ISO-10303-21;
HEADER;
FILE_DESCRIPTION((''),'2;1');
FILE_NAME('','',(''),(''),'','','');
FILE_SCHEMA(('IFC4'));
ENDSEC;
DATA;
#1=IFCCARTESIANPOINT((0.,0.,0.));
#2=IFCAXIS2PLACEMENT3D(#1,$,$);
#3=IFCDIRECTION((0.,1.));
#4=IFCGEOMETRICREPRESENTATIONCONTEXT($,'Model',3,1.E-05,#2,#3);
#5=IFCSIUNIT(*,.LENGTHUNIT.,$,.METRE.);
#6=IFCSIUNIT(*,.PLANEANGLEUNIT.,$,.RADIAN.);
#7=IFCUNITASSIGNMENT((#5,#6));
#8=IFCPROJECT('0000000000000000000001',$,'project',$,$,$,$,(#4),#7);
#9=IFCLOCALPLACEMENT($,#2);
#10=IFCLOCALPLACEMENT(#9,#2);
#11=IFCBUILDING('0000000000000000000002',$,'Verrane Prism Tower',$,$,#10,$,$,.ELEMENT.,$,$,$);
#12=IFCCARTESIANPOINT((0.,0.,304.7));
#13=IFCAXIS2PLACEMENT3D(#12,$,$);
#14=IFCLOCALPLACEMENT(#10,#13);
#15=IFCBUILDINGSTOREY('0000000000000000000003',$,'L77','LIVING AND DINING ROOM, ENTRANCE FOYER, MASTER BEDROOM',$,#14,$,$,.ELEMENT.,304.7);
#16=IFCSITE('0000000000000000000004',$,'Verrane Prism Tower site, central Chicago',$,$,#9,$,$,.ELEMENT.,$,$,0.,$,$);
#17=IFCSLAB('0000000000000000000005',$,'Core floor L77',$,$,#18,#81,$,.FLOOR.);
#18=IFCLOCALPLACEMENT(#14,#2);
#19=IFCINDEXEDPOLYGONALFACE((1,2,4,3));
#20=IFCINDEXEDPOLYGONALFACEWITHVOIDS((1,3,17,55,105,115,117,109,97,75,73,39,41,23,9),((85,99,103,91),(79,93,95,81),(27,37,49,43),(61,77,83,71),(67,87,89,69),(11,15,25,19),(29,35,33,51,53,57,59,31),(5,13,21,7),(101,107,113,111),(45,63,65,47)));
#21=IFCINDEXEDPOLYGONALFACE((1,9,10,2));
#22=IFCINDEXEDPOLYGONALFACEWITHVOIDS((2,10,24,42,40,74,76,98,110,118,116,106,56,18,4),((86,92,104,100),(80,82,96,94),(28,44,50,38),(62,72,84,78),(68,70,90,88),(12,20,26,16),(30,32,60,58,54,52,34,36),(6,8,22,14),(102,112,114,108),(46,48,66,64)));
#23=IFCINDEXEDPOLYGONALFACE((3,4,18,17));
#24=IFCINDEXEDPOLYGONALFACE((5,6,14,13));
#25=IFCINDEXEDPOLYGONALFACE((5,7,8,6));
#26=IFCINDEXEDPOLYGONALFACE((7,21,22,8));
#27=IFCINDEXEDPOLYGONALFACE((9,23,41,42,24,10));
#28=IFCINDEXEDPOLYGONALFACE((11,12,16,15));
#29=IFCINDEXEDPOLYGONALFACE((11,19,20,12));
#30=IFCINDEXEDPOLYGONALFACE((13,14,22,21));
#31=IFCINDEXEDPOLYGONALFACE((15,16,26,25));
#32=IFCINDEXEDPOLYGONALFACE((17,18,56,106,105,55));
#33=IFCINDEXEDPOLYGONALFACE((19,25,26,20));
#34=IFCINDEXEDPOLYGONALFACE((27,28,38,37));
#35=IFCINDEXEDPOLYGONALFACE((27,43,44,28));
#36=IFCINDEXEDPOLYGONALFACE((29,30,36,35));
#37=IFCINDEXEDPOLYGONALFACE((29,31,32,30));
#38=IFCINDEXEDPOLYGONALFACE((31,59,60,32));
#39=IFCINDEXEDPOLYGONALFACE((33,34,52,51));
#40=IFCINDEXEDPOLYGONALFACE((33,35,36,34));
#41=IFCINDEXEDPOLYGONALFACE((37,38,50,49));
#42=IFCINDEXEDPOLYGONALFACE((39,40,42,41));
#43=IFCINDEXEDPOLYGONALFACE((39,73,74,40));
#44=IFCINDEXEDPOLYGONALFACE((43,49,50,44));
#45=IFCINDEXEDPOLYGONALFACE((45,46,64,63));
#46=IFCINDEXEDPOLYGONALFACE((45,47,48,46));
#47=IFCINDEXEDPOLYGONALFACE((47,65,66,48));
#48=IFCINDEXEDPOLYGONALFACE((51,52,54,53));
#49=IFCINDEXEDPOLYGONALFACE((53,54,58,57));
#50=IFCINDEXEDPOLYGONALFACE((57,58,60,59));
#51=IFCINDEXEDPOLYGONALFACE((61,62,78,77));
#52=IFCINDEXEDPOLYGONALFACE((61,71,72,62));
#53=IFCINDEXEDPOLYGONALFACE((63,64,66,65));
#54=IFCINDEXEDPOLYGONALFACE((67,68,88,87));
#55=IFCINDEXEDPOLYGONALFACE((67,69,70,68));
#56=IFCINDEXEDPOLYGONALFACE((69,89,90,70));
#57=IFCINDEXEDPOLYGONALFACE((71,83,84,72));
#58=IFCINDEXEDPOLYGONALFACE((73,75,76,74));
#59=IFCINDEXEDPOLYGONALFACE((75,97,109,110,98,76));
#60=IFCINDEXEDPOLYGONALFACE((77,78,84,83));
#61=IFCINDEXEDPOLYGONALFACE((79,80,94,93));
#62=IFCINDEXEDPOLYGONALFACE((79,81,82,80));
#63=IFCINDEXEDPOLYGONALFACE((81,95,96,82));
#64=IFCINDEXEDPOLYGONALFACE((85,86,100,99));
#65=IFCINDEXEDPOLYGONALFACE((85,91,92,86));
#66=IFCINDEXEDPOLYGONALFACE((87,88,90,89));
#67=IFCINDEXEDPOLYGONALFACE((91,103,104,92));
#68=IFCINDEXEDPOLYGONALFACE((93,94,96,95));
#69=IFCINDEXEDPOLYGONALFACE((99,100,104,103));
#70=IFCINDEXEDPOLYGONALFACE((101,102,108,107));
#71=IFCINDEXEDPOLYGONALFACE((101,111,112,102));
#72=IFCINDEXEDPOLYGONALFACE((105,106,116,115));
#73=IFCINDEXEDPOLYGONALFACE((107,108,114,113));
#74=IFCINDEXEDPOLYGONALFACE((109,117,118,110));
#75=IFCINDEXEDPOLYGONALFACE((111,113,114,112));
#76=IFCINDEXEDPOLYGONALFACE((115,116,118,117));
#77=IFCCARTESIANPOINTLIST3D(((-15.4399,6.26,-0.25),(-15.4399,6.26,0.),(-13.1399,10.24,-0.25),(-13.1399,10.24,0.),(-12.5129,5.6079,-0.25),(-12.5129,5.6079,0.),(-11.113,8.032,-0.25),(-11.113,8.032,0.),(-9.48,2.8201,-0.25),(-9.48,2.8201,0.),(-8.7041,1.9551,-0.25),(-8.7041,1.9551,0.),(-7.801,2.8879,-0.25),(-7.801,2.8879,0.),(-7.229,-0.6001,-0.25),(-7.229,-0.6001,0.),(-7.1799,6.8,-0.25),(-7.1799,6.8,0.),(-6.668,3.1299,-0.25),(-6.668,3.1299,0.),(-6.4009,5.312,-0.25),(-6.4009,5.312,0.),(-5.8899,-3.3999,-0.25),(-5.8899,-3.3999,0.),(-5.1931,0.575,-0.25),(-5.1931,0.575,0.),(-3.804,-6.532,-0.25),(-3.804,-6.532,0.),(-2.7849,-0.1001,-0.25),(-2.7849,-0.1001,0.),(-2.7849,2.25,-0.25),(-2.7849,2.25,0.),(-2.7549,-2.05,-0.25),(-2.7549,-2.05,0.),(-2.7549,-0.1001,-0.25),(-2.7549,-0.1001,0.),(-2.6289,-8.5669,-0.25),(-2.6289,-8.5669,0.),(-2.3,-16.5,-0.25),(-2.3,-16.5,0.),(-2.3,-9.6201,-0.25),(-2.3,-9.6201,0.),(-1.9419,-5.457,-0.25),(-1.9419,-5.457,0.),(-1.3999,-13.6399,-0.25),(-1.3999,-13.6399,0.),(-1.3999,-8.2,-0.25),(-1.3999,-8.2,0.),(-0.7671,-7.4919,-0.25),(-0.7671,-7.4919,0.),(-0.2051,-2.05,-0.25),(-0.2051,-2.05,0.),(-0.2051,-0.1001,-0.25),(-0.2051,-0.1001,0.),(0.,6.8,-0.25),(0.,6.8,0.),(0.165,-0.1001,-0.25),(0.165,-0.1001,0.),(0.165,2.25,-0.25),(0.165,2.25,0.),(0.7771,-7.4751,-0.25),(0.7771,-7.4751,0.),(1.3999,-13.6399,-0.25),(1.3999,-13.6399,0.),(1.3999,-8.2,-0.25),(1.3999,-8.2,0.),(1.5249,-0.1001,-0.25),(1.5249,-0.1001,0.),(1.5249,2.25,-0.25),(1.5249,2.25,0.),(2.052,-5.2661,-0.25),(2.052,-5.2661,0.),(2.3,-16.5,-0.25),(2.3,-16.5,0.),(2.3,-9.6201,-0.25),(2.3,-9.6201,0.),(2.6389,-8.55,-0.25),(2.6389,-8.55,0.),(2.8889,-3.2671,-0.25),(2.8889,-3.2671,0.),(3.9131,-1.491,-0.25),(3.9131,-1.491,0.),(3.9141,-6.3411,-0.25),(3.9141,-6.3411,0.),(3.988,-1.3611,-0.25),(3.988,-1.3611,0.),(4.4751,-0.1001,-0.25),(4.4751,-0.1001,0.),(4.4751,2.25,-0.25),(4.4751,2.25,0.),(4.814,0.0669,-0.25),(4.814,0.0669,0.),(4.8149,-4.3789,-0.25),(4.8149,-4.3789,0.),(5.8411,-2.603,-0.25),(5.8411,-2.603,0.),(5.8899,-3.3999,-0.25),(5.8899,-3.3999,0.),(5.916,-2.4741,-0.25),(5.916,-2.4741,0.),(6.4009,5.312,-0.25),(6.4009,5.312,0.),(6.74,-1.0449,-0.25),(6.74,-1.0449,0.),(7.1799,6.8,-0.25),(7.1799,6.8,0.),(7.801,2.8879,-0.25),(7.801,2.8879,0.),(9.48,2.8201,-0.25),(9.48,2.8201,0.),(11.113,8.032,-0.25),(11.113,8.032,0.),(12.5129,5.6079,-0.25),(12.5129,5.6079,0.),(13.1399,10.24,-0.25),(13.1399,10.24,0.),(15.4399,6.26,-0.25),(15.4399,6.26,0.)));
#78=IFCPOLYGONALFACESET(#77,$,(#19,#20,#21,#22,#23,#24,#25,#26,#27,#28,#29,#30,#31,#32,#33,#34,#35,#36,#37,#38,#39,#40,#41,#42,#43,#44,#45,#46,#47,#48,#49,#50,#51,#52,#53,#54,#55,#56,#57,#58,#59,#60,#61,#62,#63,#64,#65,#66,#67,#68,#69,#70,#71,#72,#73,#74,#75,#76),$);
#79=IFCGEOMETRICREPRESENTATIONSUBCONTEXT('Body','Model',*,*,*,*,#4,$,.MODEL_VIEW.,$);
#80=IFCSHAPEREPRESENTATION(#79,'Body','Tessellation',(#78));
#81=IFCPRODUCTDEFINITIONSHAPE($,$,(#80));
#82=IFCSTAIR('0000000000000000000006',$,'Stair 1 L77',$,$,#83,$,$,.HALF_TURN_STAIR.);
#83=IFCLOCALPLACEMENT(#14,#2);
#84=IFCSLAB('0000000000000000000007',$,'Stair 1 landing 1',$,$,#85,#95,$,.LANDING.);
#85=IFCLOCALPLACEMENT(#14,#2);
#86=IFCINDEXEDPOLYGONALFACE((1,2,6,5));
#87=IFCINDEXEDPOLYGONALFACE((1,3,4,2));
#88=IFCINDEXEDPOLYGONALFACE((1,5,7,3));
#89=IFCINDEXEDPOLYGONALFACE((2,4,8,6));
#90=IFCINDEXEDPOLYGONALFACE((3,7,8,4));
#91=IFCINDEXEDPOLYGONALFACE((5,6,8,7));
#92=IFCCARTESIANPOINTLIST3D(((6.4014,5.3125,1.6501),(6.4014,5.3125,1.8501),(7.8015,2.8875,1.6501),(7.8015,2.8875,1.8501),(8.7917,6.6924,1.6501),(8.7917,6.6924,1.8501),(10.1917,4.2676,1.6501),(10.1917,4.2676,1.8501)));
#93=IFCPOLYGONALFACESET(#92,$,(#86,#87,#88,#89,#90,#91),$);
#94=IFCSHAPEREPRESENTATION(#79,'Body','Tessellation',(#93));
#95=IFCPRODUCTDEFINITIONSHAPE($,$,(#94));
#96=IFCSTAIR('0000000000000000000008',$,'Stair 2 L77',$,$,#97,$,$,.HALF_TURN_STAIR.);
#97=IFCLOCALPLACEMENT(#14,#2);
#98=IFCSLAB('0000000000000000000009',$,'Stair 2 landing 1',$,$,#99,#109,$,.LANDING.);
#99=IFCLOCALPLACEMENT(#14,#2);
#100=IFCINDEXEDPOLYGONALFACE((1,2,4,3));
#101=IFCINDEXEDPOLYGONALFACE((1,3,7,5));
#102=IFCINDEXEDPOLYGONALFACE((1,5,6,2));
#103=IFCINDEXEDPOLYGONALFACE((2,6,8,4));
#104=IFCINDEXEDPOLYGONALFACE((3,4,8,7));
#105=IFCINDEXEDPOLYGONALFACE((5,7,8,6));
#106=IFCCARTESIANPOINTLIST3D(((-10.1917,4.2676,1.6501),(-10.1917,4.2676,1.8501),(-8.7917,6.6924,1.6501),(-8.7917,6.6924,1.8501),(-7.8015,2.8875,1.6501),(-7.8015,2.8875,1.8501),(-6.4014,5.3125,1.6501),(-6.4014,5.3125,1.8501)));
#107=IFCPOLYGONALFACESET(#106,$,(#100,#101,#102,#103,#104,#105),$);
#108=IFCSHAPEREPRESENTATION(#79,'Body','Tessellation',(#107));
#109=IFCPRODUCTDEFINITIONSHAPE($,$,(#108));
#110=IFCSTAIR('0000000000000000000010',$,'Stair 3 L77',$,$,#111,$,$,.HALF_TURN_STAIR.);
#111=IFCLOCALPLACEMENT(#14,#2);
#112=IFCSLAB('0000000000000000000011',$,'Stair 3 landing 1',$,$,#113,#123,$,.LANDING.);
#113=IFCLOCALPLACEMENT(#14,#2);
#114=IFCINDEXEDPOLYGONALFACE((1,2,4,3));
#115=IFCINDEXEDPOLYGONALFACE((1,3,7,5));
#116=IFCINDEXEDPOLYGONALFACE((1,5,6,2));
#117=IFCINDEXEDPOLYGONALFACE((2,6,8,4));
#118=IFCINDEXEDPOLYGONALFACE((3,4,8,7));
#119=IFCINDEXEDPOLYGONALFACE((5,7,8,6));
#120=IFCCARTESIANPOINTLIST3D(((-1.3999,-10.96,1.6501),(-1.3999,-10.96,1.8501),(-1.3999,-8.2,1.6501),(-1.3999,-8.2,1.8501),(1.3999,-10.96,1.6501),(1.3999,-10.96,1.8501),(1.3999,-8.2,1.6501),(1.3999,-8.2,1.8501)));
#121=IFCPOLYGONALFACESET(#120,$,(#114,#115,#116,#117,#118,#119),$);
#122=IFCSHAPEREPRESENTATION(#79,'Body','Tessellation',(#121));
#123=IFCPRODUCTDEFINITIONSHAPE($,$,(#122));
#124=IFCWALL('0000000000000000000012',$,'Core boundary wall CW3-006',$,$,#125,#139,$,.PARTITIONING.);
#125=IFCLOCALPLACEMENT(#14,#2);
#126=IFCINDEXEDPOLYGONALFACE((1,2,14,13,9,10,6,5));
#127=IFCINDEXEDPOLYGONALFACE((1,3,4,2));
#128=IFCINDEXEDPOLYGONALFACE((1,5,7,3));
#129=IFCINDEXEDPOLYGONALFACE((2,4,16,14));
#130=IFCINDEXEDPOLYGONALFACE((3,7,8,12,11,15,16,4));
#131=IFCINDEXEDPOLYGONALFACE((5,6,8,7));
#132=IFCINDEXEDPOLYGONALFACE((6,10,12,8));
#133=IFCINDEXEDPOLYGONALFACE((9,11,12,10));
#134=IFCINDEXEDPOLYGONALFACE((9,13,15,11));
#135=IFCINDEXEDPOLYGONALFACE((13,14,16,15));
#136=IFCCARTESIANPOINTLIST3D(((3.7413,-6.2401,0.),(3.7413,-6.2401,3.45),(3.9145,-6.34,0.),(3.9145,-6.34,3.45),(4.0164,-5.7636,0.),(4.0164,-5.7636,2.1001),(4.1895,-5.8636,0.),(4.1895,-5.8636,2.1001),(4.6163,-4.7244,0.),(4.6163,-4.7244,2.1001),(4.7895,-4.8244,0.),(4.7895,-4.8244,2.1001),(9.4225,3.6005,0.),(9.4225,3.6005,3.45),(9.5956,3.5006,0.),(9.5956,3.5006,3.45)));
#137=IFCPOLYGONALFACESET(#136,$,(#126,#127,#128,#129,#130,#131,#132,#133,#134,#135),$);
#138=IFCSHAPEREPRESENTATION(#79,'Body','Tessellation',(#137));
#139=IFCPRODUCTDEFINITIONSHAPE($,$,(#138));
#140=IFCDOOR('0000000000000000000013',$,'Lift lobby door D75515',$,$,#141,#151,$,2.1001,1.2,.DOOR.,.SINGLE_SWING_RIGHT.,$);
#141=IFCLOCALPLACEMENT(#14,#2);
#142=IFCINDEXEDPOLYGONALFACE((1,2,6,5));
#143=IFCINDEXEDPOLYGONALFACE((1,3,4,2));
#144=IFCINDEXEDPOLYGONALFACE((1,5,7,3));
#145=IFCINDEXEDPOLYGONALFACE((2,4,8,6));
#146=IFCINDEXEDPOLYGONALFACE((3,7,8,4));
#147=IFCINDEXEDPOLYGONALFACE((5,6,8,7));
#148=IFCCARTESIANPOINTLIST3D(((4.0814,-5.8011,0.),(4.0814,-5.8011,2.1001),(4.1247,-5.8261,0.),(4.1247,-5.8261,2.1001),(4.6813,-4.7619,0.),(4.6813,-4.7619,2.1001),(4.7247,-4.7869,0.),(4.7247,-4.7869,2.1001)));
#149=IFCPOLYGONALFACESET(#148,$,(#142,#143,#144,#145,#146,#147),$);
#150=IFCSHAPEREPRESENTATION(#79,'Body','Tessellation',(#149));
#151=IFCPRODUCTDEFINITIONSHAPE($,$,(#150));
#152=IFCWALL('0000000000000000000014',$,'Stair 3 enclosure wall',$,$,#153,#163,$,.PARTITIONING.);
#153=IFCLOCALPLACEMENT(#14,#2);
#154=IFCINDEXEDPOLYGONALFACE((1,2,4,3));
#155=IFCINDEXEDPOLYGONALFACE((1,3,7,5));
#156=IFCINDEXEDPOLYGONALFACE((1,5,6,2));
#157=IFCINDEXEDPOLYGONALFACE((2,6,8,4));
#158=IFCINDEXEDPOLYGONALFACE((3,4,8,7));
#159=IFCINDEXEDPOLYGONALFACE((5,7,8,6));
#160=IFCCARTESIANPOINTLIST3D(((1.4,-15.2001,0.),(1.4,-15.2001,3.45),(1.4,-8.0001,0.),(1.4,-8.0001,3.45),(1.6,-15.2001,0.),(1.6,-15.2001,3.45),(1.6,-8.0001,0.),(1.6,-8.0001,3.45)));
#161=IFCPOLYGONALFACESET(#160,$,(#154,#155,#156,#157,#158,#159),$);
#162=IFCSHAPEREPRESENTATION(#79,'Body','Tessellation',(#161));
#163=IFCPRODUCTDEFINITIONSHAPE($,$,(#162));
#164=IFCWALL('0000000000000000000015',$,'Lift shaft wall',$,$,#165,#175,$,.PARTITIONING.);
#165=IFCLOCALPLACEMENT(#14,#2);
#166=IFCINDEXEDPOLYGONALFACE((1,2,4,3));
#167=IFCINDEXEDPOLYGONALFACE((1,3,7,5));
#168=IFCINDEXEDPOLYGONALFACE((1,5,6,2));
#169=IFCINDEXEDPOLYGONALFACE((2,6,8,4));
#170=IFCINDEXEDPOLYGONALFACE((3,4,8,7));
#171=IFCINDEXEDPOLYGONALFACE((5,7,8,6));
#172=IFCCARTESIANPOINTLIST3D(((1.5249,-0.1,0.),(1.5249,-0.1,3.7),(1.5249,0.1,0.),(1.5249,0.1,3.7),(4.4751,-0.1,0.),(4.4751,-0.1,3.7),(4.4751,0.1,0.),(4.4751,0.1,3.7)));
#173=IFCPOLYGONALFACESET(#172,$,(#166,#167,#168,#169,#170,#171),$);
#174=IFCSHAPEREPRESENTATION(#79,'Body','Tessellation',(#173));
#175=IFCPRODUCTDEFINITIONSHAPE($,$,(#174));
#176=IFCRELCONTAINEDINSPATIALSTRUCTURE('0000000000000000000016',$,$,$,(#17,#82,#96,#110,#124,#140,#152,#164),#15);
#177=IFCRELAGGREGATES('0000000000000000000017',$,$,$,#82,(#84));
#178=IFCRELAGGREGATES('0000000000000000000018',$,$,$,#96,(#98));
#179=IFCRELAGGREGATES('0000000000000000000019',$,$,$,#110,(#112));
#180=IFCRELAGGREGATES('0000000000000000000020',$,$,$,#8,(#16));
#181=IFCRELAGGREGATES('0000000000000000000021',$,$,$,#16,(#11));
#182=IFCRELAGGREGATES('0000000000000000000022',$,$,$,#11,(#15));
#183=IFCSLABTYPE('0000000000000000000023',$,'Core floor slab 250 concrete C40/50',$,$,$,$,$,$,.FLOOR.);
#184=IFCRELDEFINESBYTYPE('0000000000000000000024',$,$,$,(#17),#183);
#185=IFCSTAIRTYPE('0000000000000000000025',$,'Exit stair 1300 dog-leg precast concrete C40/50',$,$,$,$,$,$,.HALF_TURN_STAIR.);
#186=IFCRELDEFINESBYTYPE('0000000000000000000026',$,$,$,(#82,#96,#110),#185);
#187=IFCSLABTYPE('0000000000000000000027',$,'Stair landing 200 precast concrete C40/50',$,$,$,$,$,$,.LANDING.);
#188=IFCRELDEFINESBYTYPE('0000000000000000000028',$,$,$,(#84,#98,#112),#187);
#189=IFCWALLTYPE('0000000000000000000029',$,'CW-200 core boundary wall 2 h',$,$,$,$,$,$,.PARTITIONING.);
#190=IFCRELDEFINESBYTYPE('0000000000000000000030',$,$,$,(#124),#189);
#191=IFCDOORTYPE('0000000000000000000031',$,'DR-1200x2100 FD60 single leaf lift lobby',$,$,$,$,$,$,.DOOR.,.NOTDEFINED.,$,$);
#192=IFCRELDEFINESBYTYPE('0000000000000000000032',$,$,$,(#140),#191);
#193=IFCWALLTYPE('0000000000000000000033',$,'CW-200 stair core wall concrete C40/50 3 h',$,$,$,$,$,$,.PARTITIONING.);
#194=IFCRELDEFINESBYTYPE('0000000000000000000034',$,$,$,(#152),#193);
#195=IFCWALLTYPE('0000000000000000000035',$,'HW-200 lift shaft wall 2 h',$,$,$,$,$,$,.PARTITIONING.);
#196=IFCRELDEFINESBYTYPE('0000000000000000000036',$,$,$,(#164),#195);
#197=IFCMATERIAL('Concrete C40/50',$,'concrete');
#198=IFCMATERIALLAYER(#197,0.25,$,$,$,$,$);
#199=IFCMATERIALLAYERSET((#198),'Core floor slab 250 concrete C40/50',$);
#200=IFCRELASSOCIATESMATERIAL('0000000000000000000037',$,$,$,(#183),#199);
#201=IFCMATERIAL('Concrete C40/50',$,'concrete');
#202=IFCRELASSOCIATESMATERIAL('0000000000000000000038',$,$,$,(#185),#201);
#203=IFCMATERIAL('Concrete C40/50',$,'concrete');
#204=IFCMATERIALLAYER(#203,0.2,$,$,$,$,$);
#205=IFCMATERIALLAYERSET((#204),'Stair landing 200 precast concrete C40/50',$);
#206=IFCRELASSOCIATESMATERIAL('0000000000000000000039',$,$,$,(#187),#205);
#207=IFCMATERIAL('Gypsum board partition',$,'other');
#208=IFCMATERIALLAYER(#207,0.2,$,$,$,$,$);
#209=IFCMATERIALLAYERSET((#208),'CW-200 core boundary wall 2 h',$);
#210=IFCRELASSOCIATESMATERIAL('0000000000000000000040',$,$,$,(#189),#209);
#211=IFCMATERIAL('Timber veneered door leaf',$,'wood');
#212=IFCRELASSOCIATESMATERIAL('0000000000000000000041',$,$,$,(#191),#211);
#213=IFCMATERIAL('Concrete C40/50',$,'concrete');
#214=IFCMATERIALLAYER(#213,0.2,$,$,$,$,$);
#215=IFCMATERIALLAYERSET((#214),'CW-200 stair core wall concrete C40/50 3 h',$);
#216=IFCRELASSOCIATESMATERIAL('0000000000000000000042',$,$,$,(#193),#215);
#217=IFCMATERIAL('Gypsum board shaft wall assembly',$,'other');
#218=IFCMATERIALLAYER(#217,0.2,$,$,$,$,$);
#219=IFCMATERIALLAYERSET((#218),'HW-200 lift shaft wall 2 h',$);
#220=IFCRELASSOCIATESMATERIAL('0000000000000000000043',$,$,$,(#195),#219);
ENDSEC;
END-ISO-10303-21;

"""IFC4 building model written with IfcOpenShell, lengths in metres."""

from ifc_helpers import new_model, si_unit, direction, frame, frame_2d, origin, place, context, subcontext, project, spatial, polyline, rectangle, outline, extrude, material, layer, layer_set, type_object, element, fill, aggregate, save


model = new_model("IFC4")

# Units and contexts
model_context = context("Model", 3, precision=1e-05, world=origin(), true_north=direction((0.0, 1.0)))
body_context = subcontext(model_context, "Body", "Model", "MODEL_VIEW")
ifc_project = project(units=[si_unit("LENGTHUNIT", "METRE"), si_unit("PLANEANGLEUNIT", "RADIAN")], contexts=[model_context])

# Site, building, storey
site_placement = place(None, origin())
site = spatial("IfcSite", under=ifc_project, at=site_placement, Name="Verrane Prism Tower site, central Chicago", CompositionType="ELEMENT", RefElevation=0.0)
building_placement = place(site_placement, origin())
building = spatial("IfcBuilding", under=site, at=building_placement, Name="Verrane Prism Tower", CompositionType="ELEMENT")
storey_placement = place(building_placement, frame((0.0, 0.0, 304.7)))
storey = spatial("IfcBuildingStorey", under=building, at=storey_placement, Name="L77", Description="LIVING AND DINING ROOM, ENTRANCE FOYER, MASTER BEDROOM", CompositionType="ELEMENT", Elevation=304.7)

# Slab
ifc_material_1 = material(Name="Concrete C40/50", Category="concrete")
ifc_layer_1 = layer(ifc_material_1, 0.25)
ifc_layer_set_1 = layer_set([ifc_layer_1], Name="Core floor slab 250 concrete C40/50")
slab_type_1 = type_object("IfcSlabType", Name="Core floor slab 250 concrete C40/50", PredefinedType="FLOOR", material=ifc_layer_set_1)
slab_1_placement = place(storey_placement, frame((0.0, 0.0, -0.25)))
element("IfcSlab", 1, at=slab_1_placement, inside=storey, type_object=slab_type_1, Name="Core floor L77", PredefinedType="FLOOR", context=body_context, shape_type="SweptSolid", body=[
    extrude(outline(polyline([(9.48, 2.8201), (15.4399, 6.26), (13.1399, 10.24), (7.1799, 6.8), (0.0, 6.8), (-7.1799, 6.8), (-13.1399, 10.24), (-15.4399, 6.26), (-9.48, 2.8201), (-5.8899, -3.3999), (-2.3, -9.6201), (-2.3, -16.5), (2.3, -16.5), (2.3, -9.6201), (5.8899, -3.3999), (9.48, 2.8201)]), holes=[polyline([(-1.3999, -8.2), (1.3999, -8.2), (1.3999, -13.6399), (-1.3999, -13.6399), (-1.3999, -8.2)]), polyline([(-0.7671, -7.4919), (-2.6289, -8.5669), (-3.804, -6.532), (-1.9419, -5.457), (-0.7671, -7.4919)]), polyline([(3.9141, -6.3411), (2.6389, -8.55), (0.7771, -7.4751), (2.052, -5.2661), (3.9141, -6.3411)]), polyline([(4.8149, -4.3789), (2.8889, -3.2671), (3.9131, -1.491), (5.8411, -2.603), (4.8149, -4.3789)]), polyline([(6.74, -1.0449), (5.916, -2.4741), (3.988, -1.3611), (4.814, 0.0669), (6.74, -1.0449)]), polyline([(-2.7849, -0.1001), (-2.7849, 2.25), (0.165, 2.25), (0.165, -0.1001), (-0.2051, -0.1001), (-0.2051, -2.05), (-2.7549, -2.05), (-2.7549, -0.1001), (-2.7849, -0.1001)]), polyline([(4.4751, 2.25), (4.4751, -0.1001), (1.5249, -0.1001), (1.5249, 2.25), (4.4751, 2.25)]), polyline([(-8.7041, 1.9551), (-6.668, 3.1299), (-5.1931, 0.575), (-7.229, -0.6001), (-8.7041, 1.9551)]), polyline([(-7.801, 2.8879), (-12.5129, 5.6079), (-11.113, 8.032), (-6.4009, 5.312), (-7.801, 2.8879)]), polyline([(6.4009, 5.312), (11.113, 8.032), (12.5129, 5.6079), (7.801, 2.8879), (6.4009, 5.312)])]), origin(), (0.0, 0.0, 1.0), 0.25),
])

# Stairs, slabs
ifc_material_2 = material(Name="Concrete C40/50", Category="concrete")
stair_type = type_object("IfcStairType", Name="Exit stair 1300 dog-leg precast concrete C40/50", PredefinedType="HALF_TURN_STAIR", material=ifc_material_2)
stair_1_placement = place(storey_placement, origin())
stair_1 = element("IfcStair", 2, at=stair_1_placement, inside=storey, type_object=stair_type, Name="Stair 1 L77", PredefinedType="HALF_TURN_STAIR")
ifc_material_3 = material(Name="Concrete C40/50", Category="concrete")
ifc_layer_2 = layer(ifc_material_3, 0.2)
ifc_layer_set_2 = layer_set([ifc_layer_2], Name="Stair landing 200 precast concrete C40/50")
slab_type_2 = type_object("IfcSlabType", Name="Stair landing 200 precast concrete C40/50", PredefinedType="LANDING", material=ifc_layer_set_2)
slab_2_placement = place(storey_placement, frame((0.0, 0.0, 1.6501)))
slab_2 = element("IfcSlab", 3, at=slab_2_placement, type_object=slab_type_2, Name="Stair 1 landing 1", PredefinedType="LANDING", context=body_context, shape_type="SweptSolid", body=[
    extrude(outline(polyline([(8.7917, 6.6924), (6.4014, 5.3125), (7.8015, 2.8875), (10.1917, 4.2676), (8.7917, 6.6924)])), origin(), (0.0, 0.0, 1.0), 0.2),
])
aggregate(stair_1, [slab_2])
stair_2_placement = place(storey_placement, origin())
stair_2 = element("IfcStair", 4, at=stair_2_placement, inside=storey, type_object=stair_type, Name="Stair 2 L77", PredefinedType="HALF_TURN_STAIR")
slab_3_placement = place(storey_placement, frame((0.0, 0.0, 1.6501)))
slab_3 = element("IfcSlab", 5, at=slab_3_placement, type_object=slab_type_2, Name="Stair 2 landing 1", PredefinedType="LANDING", context=body_context, shape_type="SweptSolid", body=[
    extrude(outline(polyline([(-10.1917, 4.2676), (-7.8015, 2.8875), (-6.4014, 5.3125), (-8.7917, 6.6924), (-10.1917, 4.2676)])), origin(), (0.0, 0.0, 1.0), 0.2),
])
aggregate(stair_2, [slab_3])
stair_3_placement = place(storey_placement, origin())
stair_3 = element("IfcStair", 6, at=stair_3_placement, inside=storey, type_object=stair_type, Name="Stair 3 L77", PredefinedType="HALF_TURN_STAIR")
slab_4_placement = place(storey_placement, frame((0.0, 0.0, 1.6501)))
slab_4 = element("IfcSlab", 7, at=slab_4_placement, type_object=slab_type_2, Name="Stair 3 landing 1", PredefinedType="LANDING", context=body_context, shape_type="SweptSolid", body=[
    extrude(outline(polyline([(1.3999, -10.96), (1.3999, -8.2), (-1.3999, -8.2), (-1.3999, -10.96), (1.3999, -10.96)])), origin(), (0.0, 0.0, 1.0), 0.2),
])
aggregate(stair_3, [slab_4])

# Wall, opening, door
ifc_material_4 = material(Name="Gypsum board partition", Category="other")
ifc_layer_3 = layer(ifc_material_4, 0.2)
ifc_layer_set_3 = layer_set([ifc_layer_3], Name="CW-200 core boundary wall 2 h")
wall_type_1 = type_object("IfcWallType", Name="CW-200 core boundary wall 2 h", PredefinedType="PARTITIONING", material=ifc_layer_set_3)
wall_1_placement = place(storey_placement, frame((3.8279, -6.29, 0.0), z_axis=(0.0, 0.0, 1.0), x_axis=(0.49998, 0.866037, 0.0)))
wall_1 = element("IfcWall", 8, at=wall_1_placement, inside=storey, type_object=wall_type_1, Name="Core boundary wall CW3-006", PredefinedType="PARTITIONING", context=body_context, shape_type="SweptSolid", body=[
    extrude(rectangle(XDim=11.3628, YDim=0.2, at=frame_2d((5.6814, 0.0))), origin(), (0.0, 0.0, 1.0), 3.45),
])
opening_1_placement = place(wall_1_placement, frame((0.55, 0.0, 0.0)))
opening_1 = element("IfcOpeningElement", 9, at=opening_1_placement, cuts=wall_1, PredefinedType="OPENING", context=body_context, shape_type="SweptSolid", body=[
    extrude(rectangle(XDim=1.2, YDim=2.1001, at=frame_2d((0.6001, 1.05))), frame((0.0, 0.1099, 0.0), z_axis=(0.0, -1.0, 0.0), x_axis=(1.0, 0.0, 0.0)), (0.0, 0.0, 1.0), 0.22),
])
ifc_material_5 = material(Name="Timber veneered door leaf", Category="wood")
door_type_1 = type_object("IfcDoorType", Name="DR-1200x2100 FD60 single leaf lift lobby", OperationType="NOTDEFINED", PredefinedType="DOOR", material=ifc_material_5)
door_1_placement = place(opening_1_placement, origin())
door_1 = element("IfcDoor", 10, at=door_1_placement, inside=storey, type_object=door_type_1, Name="Lift lobby door D75515", OperationType="SINGLE_SWING_RIGHT", OverallHeight=2.1001, OverallWidth=1.2, PredefinedType="DOOR", context=body_context, shape_type="SweptSolid", body=[
    extrude(rectangle(XDim=1.2, YDim=2.1001, at=frame_2d((0.6001, 1.05))), frame((0.0, 0.0249, 0.0), z_axis=(0.0, -1.0, 0.0), x_axis=(1.0, 0.0, 0.0)), (0.0, 0.0, 1.0), 0.05),
])
fill(opening_1, door_1)

# Walls
ifc_material_6 = material(Name="Concrete C40/50", Category="concrete")
ifc_layer_4 = layer(ifc_material_6, 0.2)
ifc_layer_set_4 = layer_set([ifc_layer_4], Name="CW-200 stair core wall concrete C40/50 3 h")
wall_type_2 = type_object("IfcWallType", Name="CW-200 stair core wall concrete C40/50 3 h", PredefinedType="PARTITIONING", material=ifc_layer_set_4)
wall_2_placement = place(storey_placement, frame((1.5, -8.0, 0.0), z_axis=(0.0, 0.0, 1.0), x_axis=(0.0, -1.0, 0.0)))
element("IfcWall", 11, at=wall_2_placement, inside=storey, type_object=wall_type_2, Name="Stair 3 enclosure wall", PredefinedType="PARTITIONING", context=body_context, shape_type="SweptSolid", body=[
    extrude(rectangle(XDim=7.2, YDim=0.2, at=frame_2d((3.6001, 0.0))), origin(), (0.0, 0.0, 1.0), 3.45),
])
ifc_material_7 = material(Name="Gypsum board shaft wall assembly", Category="other")
ifc_layer_5 = layer(ifc_material_7, 0.2)
ifc_layer_set_5 = layer_set([ifc_layer_5], Name="HW-200 lift shaft wall 2 h")
wall_type_3 = type_object("IfcWallType", Name="HW-200 lift shaft wall 2 h", PredefinedType="PARTITIONING", material=ifc_layer_set_5)
wall_3_placement = place(storey_placement, frame((1.5249, 0.0, 0.0), z_axis=(0.0, 0.0, 1.0), x_axis=(1.0, 0.0, 0.0)))
element("IfcWall", 12, at=wall_3_placement, inside=storey, type_object=wall_type_3, Name="Lift shaft wall", PredefinedType="PARTITIONING", context=body_context, shape_type="SweptSolid", body=[
    extrude(rectangle(XDim=2.9502, YDim=0.2, at=frame_2d((1.4751, 0.0))), origin(), (0.0, 0.0, 1.0), 3.7),
])

save(model, "model.ifc")
